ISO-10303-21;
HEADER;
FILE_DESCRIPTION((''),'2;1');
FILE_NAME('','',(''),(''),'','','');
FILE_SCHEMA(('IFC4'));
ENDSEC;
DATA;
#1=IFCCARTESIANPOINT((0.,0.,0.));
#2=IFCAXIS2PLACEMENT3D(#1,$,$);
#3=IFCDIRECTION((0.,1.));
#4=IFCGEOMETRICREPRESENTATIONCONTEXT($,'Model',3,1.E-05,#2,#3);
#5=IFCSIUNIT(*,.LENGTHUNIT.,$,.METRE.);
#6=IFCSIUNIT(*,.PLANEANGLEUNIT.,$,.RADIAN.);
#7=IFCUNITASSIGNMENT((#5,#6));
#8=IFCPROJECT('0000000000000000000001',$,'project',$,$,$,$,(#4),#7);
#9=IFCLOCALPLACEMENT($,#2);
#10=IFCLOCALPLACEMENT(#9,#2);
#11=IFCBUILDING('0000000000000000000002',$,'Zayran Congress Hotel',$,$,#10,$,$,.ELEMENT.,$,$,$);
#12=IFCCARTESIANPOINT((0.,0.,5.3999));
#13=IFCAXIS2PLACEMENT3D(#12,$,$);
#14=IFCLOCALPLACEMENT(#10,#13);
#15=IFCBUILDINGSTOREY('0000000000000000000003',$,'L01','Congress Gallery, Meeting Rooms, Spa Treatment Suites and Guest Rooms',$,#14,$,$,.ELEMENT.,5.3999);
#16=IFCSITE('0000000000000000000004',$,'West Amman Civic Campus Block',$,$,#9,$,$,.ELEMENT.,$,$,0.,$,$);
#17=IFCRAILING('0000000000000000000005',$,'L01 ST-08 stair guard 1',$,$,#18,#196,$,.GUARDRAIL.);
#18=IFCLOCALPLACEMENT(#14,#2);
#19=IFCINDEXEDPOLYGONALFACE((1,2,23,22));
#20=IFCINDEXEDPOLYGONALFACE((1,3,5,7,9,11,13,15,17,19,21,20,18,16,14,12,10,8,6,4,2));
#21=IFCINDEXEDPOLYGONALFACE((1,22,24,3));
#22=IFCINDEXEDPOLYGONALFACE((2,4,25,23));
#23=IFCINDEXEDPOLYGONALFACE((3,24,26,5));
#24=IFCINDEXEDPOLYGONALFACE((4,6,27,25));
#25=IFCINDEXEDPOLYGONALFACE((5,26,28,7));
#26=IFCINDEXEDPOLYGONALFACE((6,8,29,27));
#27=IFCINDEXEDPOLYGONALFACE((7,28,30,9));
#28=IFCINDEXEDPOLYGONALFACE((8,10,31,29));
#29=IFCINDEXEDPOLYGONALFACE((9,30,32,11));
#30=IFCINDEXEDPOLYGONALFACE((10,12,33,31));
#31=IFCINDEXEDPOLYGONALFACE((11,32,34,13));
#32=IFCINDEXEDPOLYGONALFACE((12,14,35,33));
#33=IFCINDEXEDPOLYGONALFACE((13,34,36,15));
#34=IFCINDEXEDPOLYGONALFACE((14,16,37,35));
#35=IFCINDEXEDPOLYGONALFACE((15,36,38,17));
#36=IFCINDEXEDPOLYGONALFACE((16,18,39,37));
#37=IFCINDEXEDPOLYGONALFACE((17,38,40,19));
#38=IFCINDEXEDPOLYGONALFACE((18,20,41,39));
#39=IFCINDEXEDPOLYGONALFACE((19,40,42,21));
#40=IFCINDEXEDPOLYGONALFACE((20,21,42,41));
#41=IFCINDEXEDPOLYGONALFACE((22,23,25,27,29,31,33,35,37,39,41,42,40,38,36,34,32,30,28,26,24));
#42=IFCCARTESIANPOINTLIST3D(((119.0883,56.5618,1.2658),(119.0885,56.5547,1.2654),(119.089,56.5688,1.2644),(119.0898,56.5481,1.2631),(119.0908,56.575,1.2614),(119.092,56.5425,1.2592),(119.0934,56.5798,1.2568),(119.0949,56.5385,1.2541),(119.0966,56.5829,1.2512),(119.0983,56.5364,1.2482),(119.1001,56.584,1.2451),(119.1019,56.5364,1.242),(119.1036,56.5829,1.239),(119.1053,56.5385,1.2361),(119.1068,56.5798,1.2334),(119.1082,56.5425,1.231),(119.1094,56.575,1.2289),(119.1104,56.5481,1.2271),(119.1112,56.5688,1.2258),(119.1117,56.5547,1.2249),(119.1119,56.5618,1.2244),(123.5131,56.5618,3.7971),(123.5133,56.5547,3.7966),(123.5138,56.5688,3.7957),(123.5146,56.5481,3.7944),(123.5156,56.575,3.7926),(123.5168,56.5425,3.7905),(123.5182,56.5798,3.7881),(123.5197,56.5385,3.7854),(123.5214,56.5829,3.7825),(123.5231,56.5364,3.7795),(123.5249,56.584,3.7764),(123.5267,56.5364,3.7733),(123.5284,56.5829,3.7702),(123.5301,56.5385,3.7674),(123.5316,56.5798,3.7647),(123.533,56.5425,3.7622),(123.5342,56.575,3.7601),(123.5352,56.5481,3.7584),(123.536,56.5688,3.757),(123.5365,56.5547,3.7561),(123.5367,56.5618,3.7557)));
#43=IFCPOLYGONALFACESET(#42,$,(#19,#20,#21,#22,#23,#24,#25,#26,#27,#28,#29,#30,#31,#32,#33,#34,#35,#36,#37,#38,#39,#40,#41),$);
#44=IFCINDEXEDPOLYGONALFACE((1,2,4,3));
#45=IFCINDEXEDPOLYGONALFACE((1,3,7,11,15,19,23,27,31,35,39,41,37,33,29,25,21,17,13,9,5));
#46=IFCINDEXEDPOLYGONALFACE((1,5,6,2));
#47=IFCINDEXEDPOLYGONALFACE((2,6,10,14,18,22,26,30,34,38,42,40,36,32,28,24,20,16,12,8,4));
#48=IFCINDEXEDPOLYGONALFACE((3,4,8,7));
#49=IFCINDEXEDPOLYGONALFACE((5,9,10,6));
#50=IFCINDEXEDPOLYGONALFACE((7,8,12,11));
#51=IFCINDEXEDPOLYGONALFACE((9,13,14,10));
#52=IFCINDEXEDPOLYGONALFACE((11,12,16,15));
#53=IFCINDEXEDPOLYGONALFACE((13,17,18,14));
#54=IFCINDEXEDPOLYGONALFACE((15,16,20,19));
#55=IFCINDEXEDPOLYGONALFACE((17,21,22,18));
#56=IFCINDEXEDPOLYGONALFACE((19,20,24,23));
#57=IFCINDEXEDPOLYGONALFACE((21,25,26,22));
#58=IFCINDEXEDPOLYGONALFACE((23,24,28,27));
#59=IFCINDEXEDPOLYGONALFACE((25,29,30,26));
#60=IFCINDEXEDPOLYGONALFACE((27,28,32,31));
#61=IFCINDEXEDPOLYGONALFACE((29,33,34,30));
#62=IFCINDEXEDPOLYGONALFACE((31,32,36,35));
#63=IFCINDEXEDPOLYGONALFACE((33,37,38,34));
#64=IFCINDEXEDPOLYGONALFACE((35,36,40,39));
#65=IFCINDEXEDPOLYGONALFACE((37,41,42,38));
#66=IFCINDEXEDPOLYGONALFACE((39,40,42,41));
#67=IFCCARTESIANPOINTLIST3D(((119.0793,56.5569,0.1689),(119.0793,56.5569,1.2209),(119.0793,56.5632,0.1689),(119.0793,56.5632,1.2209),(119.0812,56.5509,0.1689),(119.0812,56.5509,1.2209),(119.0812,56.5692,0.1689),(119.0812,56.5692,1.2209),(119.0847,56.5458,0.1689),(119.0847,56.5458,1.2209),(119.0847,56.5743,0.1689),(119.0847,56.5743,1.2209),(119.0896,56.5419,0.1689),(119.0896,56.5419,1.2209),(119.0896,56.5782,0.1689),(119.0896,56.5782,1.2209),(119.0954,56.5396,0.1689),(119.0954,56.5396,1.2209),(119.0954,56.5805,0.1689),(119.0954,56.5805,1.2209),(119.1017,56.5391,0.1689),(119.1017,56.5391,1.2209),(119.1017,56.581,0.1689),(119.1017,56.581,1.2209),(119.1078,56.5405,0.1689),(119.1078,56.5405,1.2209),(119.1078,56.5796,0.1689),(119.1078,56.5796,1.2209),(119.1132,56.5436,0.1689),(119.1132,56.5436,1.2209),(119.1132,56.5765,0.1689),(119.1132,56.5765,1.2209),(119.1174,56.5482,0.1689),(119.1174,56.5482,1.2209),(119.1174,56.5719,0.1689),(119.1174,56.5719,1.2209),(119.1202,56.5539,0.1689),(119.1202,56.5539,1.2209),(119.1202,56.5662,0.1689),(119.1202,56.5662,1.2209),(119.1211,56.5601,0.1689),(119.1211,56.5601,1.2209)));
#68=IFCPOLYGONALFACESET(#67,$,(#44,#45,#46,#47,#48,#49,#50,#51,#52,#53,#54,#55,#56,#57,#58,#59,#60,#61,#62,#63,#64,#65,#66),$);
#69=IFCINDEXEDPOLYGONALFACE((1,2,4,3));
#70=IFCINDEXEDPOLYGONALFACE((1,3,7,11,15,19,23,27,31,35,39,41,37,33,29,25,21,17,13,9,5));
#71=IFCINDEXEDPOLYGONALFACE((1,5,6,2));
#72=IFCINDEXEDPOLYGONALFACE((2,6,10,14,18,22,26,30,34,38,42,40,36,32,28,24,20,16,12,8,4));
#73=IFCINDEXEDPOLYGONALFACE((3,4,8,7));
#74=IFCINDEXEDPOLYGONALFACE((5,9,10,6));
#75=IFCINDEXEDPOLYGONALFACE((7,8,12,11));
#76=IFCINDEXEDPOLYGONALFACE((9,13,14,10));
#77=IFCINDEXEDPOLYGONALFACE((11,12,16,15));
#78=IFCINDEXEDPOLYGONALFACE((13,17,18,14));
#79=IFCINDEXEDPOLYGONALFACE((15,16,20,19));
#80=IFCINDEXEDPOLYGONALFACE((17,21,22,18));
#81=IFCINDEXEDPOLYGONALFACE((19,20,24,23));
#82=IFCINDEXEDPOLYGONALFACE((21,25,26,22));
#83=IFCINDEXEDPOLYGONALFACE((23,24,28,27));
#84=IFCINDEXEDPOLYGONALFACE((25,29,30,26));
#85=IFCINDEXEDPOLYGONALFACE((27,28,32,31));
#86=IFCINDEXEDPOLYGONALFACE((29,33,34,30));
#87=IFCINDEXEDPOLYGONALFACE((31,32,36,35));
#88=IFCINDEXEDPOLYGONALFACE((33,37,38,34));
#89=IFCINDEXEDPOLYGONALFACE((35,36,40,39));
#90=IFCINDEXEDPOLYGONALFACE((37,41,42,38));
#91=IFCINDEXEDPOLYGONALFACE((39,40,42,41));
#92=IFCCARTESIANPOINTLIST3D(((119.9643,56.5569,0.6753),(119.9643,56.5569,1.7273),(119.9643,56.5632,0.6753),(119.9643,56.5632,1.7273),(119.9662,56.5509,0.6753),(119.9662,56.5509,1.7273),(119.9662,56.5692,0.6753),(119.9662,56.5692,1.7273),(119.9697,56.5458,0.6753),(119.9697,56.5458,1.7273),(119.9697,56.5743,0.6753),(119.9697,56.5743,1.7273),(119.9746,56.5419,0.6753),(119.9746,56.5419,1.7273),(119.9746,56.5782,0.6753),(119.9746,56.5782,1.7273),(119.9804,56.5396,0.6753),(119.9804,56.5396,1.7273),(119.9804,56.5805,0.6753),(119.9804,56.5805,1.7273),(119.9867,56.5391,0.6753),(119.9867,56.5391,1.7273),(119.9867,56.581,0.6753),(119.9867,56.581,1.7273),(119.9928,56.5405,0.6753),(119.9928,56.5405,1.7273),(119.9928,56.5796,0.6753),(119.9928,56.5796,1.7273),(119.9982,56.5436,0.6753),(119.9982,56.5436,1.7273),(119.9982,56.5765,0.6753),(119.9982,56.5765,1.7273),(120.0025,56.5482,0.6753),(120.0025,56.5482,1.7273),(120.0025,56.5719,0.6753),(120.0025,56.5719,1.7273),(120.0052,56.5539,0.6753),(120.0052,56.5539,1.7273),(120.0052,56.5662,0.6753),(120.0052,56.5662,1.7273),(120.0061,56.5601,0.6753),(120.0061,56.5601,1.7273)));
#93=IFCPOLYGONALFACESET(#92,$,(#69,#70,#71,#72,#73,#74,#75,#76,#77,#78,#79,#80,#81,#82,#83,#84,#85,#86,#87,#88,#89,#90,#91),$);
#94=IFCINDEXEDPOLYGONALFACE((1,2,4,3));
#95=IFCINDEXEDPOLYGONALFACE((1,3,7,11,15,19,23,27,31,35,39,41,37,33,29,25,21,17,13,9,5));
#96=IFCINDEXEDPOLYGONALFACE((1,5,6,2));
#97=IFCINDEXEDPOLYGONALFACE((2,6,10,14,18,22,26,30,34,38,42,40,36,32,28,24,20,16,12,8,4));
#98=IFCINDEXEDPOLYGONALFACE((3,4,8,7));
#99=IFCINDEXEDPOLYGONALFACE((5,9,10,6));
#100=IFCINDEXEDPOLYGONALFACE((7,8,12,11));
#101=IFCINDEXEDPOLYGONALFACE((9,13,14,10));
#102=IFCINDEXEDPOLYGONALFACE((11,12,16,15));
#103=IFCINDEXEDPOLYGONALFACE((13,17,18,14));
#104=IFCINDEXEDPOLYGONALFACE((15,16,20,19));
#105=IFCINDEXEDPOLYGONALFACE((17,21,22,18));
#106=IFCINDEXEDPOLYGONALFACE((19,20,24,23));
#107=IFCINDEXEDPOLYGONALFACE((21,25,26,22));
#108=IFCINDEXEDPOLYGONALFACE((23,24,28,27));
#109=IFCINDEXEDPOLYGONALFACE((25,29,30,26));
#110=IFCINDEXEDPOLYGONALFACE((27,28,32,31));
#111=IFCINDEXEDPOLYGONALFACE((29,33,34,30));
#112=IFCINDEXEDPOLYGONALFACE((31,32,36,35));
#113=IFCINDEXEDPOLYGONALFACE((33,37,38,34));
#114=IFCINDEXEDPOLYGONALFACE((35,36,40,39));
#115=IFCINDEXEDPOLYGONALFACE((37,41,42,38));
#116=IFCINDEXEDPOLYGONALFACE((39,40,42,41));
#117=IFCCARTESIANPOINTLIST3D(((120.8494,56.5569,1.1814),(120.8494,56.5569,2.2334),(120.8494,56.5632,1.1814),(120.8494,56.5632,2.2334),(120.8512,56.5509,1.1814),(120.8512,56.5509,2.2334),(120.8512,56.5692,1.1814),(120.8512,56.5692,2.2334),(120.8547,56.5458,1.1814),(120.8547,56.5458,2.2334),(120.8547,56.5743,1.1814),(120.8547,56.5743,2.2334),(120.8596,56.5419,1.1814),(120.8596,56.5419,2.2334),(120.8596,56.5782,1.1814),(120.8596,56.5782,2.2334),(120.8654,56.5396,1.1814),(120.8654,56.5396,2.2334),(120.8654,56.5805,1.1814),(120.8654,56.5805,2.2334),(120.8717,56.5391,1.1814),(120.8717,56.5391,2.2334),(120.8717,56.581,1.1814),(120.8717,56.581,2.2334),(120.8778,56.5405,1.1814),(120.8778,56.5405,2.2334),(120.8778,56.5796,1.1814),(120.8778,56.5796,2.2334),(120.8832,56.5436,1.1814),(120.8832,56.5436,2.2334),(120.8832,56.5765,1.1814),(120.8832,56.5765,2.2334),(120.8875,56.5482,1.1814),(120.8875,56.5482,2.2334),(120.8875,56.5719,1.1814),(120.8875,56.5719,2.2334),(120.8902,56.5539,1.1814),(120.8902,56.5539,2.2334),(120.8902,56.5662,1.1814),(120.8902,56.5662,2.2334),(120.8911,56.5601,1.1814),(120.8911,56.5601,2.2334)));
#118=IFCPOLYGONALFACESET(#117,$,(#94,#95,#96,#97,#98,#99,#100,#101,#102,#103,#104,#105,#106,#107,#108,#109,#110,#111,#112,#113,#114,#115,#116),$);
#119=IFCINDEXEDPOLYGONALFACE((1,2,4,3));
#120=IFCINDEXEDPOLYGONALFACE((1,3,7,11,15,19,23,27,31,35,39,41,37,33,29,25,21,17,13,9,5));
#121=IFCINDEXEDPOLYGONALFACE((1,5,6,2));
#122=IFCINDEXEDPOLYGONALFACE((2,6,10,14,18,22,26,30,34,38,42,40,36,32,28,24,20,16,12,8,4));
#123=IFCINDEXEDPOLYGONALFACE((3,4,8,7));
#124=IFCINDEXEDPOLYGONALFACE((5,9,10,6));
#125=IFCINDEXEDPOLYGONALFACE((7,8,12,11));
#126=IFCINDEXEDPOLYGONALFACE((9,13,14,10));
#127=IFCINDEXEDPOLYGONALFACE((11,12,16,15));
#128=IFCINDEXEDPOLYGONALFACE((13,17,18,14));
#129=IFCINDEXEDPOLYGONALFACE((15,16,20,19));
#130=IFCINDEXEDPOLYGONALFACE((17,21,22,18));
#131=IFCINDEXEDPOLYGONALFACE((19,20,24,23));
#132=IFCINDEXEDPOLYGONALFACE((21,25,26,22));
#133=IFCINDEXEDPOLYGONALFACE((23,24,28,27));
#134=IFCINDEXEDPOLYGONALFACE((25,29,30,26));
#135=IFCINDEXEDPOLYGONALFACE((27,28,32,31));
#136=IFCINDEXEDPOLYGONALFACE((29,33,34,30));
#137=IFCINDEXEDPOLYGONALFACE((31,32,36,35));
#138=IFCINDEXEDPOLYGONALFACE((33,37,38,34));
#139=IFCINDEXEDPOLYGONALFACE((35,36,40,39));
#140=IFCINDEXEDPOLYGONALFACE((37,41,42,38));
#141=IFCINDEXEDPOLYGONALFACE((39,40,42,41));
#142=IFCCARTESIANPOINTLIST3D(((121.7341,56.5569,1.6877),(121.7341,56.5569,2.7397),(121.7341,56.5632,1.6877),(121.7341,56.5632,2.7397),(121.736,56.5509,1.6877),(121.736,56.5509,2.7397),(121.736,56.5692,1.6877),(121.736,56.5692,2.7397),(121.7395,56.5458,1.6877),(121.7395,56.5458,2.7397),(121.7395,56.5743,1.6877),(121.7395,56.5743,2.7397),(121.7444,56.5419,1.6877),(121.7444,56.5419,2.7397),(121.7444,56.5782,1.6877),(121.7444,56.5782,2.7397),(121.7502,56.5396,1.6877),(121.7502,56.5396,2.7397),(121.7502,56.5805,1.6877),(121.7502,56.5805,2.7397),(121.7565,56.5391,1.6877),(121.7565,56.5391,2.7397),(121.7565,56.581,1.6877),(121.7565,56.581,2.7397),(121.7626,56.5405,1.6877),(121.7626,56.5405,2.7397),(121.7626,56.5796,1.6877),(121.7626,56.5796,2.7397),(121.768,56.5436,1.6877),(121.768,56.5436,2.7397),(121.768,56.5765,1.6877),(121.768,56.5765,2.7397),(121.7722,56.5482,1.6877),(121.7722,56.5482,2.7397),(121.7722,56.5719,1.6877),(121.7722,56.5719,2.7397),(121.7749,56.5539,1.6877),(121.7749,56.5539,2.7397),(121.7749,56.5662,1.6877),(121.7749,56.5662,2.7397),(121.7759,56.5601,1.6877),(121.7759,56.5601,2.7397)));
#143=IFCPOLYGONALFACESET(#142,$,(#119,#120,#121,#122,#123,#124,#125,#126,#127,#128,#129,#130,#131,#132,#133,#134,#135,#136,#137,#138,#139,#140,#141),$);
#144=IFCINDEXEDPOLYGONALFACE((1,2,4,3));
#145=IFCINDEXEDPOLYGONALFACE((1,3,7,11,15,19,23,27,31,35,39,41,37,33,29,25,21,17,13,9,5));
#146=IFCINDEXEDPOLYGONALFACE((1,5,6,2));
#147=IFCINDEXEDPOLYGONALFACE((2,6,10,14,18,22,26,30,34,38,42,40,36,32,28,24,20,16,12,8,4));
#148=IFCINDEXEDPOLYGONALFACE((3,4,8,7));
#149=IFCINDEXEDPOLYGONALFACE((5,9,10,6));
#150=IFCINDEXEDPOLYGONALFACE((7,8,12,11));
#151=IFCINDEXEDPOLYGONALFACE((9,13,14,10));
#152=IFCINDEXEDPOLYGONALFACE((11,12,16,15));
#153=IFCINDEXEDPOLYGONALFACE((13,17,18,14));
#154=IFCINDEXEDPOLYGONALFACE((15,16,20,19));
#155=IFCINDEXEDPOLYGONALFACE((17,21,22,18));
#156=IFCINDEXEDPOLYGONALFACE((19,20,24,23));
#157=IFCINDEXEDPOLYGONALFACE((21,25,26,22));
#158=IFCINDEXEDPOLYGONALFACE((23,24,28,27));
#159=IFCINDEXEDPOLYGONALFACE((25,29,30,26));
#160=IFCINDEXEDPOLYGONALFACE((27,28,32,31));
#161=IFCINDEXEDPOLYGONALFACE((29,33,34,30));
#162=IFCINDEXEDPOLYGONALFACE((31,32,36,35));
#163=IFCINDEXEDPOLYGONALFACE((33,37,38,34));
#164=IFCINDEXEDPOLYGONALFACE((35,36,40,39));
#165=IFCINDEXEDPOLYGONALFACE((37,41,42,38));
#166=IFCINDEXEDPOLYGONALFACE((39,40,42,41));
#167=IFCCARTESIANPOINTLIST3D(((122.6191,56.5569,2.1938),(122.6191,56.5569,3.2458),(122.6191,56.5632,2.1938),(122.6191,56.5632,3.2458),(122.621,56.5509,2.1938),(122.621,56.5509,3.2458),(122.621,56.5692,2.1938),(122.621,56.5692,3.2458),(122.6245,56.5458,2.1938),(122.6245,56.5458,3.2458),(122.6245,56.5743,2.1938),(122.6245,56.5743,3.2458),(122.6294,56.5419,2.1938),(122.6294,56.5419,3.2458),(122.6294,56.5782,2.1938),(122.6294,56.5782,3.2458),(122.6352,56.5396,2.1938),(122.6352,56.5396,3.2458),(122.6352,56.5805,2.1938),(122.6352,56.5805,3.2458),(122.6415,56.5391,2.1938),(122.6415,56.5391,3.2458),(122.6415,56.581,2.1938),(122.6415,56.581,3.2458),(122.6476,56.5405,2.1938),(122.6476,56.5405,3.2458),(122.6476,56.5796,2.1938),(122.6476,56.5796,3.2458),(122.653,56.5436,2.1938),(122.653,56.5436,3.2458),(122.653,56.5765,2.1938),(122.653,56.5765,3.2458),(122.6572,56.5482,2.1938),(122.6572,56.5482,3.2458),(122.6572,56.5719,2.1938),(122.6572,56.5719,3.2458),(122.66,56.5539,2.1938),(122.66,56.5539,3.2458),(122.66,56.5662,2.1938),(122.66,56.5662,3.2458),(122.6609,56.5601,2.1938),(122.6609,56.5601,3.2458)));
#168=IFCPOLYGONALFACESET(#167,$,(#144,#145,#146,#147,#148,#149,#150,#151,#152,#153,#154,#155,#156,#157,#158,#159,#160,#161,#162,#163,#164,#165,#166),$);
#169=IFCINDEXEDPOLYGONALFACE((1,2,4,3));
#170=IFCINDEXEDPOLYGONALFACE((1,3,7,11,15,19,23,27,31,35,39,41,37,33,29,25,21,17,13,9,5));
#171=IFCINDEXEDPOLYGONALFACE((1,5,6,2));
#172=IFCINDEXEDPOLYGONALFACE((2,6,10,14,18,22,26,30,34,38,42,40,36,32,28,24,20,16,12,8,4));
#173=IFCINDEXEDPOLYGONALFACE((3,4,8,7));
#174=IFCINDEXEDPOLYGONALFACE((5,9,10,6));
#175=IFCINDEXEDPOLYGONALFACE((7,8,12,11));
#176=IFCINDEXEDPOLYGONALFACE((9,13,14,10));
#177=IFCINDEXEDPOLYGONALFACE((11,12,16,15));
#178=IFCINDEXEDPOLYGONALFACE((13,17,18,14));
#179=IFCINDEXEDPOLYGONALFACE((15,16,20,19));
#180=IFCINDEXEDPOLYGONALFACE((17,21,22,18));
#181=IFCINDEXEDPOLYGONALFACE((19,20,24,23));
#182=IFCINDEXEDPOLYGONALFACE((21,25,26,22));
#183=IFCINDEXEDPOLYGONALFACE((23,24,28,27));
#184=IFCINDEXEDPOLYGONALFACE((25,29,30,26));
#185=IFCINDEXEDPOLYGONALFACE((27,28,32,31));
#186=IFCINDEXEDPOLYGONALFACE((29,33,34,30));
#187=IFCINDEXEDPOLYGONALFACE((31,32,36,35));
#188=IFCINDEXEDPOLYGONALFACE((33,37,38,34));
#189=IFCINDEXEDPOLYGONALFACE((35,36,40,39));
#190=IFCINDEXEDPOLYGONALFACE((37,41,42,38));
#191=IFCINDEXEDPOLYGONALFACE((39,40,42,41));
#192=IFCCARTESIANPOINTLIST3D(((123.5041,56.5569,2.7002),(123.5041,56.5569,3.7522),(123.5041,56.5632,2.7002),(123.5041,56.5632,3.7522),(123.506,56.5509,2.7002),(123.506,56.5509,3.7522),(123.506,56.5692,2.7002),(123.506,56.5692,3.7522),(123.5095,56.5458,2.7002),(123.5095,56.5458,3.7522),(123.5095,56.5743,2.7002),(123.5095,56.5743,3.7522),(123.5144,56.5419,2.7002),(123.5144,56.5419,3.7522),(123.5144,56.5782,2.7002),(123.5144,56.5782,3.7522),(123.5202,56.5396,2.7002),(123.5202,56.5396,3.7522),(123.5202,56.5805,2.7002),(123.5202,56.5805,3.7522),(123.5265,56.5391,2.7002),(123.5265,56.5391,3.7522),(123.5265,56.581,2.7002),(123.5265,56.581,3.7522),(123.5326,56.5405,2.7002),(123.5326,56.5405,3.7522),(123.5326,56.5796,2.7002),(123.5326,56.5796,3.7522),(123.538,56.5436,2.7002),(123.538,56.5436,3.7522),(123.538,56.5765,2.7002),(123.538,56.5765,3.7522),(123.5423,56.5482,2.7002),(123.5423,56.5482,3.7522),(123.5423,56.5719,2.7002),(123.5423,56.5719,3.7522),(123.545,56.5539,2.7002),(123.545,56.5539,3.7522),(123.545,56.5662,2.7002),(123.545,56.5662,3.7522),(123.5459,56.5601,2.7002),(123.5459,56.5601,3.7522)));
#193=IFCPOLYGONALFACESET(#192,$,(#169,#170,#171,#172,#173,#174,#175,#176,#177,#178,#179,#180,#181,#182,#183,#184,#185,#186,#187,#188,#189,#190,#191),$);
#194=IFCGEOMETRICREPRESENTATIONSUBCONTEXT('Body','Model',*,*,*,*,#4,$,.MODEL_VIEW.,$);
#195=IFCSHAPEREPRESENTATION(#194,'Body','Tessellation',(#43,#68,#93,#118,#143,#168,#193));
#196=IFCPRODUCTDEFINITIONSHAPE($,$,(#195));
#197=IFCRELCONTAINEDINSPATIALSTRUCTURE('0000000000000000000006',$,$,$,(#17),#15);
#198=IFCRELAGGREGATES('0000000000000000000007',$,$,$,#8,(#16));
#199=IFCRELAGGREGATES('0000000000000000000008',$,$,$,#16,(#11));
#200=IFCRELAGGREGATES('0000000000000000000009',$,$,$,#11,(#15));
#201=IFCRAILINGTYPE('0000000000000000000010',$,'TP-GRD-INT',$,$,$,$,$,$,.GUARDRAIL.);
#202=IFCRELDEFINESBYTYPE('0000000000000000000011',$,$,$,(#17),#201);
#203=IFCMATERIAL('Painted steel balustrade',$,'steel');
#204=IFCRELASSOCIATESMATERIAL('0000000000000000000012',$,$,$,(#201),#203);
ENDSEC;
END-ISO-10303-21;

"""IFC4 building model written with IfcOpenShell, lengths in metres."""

from ifc_helpers import new_model, si_unit, direction, frame, origin, origin_2d, place, context, subcontext, project, spatial, circle, extrude, material, type_object, element, save


model = new_model("IFC4")

# Units and contexts
model_context = context("Model", 3, precision=1e-05, world=origin(), true_north=direction((0.0, 1.0)))
body_context = subcontext(model_context, "Body", "Model", "MODEL_VIEW")
ifc_project = project(units=[si_unit("LENGTHUNIT", "METRE"), si_unit("PLANEANGLEUNIT", "RADIAN")], contexts=[model_context])

# Site, building, storey
site_placement = place(None, origin())
site = spatial("IfcSite", under=ifc_project, at=site_placement, Name="West Amman Civic Campus Block", CompositionType="ELEMENT", RefElevation=0.0)
building_placement = place(site_placement, origin())
building = spatial("IfcBuilding", under=site, at=building_placement, Name="Zayran Congress Hotel", CompositionType="ELEMENT")
storey_placement = place(building_placement, frame((0.0, 0.0, 5.3999)))
storey = spatial("IfcBuildingStorey", under=building, at=storey_placement, Name="L01", Description="Congress Gallery, Meeting Rooms, Spa Treatment Suites and Guest Rooms", CompositionType="ELEMENT", Elevation=5.3999)

# Railing
ifc_material_1 = material(Name="Painted steel balustrade", Category="steel")
railing_type_1 = type_object("IfcRailingType", Name="TP-GRD-INT", PredefinedType="GUARDRAIL", material=ifc_material_1)
railing_1_placement = place(storey_placement, frame((119.1001, 56.5601, 0.1689)))
element("IfcRailing", 1, at=railing_1_placement, inside=storey, type_object=railing_type_1, Name="L01 ST-08 stair guard 1", PredefinedType="GUARDRAIL", context=body_context, shape_type="SweptSolid", body=[
    extrude(circle(Radius=0.0239, at=origin_2d()), frame((0.0, 0.0, 1.0762), z_axis=(0.868007, 0.0, 0.496551), x_axis=(0.0, 1.0, 0.0)), (0.0, 0.0, 1.0), 5.0977),
    extrude(circle(Radius=0.021, at=origin_2d()), origin(), (0.0, 0.0, 1.0), 1.052),
    extrude(circle(Radius=0.021, at=origin_2d()), frame((0.885, 0.0, 0.5063)), (0.0, 0.0, 1.0), 1.052),
    extrude(circle(Radius=0.021, at=origin_2d()), frame((1.77, 0.0, 1.0125)), (0.0, 0.0, 1.0), 1.052),
    extrude(circle(Radius=0.021, at=origin_2d()), frame((2.6548, 0.0, 1.5188)), (0.0, 0.0, 1.0), 1.052),
    extrude(circle(Radius=0.021, at=origin_2d()), frame((3.5398, 0.0, 2.0249)), (0.0, 0.0, 1.0), 1.052),
    extrude(circle(Radius=0.021, at=origin_2d()), frame((4.4248, 0.0, 2.5312)), (0.0, 0.0, 1.0), 1.052),
])

save(model, "model.ifc")
